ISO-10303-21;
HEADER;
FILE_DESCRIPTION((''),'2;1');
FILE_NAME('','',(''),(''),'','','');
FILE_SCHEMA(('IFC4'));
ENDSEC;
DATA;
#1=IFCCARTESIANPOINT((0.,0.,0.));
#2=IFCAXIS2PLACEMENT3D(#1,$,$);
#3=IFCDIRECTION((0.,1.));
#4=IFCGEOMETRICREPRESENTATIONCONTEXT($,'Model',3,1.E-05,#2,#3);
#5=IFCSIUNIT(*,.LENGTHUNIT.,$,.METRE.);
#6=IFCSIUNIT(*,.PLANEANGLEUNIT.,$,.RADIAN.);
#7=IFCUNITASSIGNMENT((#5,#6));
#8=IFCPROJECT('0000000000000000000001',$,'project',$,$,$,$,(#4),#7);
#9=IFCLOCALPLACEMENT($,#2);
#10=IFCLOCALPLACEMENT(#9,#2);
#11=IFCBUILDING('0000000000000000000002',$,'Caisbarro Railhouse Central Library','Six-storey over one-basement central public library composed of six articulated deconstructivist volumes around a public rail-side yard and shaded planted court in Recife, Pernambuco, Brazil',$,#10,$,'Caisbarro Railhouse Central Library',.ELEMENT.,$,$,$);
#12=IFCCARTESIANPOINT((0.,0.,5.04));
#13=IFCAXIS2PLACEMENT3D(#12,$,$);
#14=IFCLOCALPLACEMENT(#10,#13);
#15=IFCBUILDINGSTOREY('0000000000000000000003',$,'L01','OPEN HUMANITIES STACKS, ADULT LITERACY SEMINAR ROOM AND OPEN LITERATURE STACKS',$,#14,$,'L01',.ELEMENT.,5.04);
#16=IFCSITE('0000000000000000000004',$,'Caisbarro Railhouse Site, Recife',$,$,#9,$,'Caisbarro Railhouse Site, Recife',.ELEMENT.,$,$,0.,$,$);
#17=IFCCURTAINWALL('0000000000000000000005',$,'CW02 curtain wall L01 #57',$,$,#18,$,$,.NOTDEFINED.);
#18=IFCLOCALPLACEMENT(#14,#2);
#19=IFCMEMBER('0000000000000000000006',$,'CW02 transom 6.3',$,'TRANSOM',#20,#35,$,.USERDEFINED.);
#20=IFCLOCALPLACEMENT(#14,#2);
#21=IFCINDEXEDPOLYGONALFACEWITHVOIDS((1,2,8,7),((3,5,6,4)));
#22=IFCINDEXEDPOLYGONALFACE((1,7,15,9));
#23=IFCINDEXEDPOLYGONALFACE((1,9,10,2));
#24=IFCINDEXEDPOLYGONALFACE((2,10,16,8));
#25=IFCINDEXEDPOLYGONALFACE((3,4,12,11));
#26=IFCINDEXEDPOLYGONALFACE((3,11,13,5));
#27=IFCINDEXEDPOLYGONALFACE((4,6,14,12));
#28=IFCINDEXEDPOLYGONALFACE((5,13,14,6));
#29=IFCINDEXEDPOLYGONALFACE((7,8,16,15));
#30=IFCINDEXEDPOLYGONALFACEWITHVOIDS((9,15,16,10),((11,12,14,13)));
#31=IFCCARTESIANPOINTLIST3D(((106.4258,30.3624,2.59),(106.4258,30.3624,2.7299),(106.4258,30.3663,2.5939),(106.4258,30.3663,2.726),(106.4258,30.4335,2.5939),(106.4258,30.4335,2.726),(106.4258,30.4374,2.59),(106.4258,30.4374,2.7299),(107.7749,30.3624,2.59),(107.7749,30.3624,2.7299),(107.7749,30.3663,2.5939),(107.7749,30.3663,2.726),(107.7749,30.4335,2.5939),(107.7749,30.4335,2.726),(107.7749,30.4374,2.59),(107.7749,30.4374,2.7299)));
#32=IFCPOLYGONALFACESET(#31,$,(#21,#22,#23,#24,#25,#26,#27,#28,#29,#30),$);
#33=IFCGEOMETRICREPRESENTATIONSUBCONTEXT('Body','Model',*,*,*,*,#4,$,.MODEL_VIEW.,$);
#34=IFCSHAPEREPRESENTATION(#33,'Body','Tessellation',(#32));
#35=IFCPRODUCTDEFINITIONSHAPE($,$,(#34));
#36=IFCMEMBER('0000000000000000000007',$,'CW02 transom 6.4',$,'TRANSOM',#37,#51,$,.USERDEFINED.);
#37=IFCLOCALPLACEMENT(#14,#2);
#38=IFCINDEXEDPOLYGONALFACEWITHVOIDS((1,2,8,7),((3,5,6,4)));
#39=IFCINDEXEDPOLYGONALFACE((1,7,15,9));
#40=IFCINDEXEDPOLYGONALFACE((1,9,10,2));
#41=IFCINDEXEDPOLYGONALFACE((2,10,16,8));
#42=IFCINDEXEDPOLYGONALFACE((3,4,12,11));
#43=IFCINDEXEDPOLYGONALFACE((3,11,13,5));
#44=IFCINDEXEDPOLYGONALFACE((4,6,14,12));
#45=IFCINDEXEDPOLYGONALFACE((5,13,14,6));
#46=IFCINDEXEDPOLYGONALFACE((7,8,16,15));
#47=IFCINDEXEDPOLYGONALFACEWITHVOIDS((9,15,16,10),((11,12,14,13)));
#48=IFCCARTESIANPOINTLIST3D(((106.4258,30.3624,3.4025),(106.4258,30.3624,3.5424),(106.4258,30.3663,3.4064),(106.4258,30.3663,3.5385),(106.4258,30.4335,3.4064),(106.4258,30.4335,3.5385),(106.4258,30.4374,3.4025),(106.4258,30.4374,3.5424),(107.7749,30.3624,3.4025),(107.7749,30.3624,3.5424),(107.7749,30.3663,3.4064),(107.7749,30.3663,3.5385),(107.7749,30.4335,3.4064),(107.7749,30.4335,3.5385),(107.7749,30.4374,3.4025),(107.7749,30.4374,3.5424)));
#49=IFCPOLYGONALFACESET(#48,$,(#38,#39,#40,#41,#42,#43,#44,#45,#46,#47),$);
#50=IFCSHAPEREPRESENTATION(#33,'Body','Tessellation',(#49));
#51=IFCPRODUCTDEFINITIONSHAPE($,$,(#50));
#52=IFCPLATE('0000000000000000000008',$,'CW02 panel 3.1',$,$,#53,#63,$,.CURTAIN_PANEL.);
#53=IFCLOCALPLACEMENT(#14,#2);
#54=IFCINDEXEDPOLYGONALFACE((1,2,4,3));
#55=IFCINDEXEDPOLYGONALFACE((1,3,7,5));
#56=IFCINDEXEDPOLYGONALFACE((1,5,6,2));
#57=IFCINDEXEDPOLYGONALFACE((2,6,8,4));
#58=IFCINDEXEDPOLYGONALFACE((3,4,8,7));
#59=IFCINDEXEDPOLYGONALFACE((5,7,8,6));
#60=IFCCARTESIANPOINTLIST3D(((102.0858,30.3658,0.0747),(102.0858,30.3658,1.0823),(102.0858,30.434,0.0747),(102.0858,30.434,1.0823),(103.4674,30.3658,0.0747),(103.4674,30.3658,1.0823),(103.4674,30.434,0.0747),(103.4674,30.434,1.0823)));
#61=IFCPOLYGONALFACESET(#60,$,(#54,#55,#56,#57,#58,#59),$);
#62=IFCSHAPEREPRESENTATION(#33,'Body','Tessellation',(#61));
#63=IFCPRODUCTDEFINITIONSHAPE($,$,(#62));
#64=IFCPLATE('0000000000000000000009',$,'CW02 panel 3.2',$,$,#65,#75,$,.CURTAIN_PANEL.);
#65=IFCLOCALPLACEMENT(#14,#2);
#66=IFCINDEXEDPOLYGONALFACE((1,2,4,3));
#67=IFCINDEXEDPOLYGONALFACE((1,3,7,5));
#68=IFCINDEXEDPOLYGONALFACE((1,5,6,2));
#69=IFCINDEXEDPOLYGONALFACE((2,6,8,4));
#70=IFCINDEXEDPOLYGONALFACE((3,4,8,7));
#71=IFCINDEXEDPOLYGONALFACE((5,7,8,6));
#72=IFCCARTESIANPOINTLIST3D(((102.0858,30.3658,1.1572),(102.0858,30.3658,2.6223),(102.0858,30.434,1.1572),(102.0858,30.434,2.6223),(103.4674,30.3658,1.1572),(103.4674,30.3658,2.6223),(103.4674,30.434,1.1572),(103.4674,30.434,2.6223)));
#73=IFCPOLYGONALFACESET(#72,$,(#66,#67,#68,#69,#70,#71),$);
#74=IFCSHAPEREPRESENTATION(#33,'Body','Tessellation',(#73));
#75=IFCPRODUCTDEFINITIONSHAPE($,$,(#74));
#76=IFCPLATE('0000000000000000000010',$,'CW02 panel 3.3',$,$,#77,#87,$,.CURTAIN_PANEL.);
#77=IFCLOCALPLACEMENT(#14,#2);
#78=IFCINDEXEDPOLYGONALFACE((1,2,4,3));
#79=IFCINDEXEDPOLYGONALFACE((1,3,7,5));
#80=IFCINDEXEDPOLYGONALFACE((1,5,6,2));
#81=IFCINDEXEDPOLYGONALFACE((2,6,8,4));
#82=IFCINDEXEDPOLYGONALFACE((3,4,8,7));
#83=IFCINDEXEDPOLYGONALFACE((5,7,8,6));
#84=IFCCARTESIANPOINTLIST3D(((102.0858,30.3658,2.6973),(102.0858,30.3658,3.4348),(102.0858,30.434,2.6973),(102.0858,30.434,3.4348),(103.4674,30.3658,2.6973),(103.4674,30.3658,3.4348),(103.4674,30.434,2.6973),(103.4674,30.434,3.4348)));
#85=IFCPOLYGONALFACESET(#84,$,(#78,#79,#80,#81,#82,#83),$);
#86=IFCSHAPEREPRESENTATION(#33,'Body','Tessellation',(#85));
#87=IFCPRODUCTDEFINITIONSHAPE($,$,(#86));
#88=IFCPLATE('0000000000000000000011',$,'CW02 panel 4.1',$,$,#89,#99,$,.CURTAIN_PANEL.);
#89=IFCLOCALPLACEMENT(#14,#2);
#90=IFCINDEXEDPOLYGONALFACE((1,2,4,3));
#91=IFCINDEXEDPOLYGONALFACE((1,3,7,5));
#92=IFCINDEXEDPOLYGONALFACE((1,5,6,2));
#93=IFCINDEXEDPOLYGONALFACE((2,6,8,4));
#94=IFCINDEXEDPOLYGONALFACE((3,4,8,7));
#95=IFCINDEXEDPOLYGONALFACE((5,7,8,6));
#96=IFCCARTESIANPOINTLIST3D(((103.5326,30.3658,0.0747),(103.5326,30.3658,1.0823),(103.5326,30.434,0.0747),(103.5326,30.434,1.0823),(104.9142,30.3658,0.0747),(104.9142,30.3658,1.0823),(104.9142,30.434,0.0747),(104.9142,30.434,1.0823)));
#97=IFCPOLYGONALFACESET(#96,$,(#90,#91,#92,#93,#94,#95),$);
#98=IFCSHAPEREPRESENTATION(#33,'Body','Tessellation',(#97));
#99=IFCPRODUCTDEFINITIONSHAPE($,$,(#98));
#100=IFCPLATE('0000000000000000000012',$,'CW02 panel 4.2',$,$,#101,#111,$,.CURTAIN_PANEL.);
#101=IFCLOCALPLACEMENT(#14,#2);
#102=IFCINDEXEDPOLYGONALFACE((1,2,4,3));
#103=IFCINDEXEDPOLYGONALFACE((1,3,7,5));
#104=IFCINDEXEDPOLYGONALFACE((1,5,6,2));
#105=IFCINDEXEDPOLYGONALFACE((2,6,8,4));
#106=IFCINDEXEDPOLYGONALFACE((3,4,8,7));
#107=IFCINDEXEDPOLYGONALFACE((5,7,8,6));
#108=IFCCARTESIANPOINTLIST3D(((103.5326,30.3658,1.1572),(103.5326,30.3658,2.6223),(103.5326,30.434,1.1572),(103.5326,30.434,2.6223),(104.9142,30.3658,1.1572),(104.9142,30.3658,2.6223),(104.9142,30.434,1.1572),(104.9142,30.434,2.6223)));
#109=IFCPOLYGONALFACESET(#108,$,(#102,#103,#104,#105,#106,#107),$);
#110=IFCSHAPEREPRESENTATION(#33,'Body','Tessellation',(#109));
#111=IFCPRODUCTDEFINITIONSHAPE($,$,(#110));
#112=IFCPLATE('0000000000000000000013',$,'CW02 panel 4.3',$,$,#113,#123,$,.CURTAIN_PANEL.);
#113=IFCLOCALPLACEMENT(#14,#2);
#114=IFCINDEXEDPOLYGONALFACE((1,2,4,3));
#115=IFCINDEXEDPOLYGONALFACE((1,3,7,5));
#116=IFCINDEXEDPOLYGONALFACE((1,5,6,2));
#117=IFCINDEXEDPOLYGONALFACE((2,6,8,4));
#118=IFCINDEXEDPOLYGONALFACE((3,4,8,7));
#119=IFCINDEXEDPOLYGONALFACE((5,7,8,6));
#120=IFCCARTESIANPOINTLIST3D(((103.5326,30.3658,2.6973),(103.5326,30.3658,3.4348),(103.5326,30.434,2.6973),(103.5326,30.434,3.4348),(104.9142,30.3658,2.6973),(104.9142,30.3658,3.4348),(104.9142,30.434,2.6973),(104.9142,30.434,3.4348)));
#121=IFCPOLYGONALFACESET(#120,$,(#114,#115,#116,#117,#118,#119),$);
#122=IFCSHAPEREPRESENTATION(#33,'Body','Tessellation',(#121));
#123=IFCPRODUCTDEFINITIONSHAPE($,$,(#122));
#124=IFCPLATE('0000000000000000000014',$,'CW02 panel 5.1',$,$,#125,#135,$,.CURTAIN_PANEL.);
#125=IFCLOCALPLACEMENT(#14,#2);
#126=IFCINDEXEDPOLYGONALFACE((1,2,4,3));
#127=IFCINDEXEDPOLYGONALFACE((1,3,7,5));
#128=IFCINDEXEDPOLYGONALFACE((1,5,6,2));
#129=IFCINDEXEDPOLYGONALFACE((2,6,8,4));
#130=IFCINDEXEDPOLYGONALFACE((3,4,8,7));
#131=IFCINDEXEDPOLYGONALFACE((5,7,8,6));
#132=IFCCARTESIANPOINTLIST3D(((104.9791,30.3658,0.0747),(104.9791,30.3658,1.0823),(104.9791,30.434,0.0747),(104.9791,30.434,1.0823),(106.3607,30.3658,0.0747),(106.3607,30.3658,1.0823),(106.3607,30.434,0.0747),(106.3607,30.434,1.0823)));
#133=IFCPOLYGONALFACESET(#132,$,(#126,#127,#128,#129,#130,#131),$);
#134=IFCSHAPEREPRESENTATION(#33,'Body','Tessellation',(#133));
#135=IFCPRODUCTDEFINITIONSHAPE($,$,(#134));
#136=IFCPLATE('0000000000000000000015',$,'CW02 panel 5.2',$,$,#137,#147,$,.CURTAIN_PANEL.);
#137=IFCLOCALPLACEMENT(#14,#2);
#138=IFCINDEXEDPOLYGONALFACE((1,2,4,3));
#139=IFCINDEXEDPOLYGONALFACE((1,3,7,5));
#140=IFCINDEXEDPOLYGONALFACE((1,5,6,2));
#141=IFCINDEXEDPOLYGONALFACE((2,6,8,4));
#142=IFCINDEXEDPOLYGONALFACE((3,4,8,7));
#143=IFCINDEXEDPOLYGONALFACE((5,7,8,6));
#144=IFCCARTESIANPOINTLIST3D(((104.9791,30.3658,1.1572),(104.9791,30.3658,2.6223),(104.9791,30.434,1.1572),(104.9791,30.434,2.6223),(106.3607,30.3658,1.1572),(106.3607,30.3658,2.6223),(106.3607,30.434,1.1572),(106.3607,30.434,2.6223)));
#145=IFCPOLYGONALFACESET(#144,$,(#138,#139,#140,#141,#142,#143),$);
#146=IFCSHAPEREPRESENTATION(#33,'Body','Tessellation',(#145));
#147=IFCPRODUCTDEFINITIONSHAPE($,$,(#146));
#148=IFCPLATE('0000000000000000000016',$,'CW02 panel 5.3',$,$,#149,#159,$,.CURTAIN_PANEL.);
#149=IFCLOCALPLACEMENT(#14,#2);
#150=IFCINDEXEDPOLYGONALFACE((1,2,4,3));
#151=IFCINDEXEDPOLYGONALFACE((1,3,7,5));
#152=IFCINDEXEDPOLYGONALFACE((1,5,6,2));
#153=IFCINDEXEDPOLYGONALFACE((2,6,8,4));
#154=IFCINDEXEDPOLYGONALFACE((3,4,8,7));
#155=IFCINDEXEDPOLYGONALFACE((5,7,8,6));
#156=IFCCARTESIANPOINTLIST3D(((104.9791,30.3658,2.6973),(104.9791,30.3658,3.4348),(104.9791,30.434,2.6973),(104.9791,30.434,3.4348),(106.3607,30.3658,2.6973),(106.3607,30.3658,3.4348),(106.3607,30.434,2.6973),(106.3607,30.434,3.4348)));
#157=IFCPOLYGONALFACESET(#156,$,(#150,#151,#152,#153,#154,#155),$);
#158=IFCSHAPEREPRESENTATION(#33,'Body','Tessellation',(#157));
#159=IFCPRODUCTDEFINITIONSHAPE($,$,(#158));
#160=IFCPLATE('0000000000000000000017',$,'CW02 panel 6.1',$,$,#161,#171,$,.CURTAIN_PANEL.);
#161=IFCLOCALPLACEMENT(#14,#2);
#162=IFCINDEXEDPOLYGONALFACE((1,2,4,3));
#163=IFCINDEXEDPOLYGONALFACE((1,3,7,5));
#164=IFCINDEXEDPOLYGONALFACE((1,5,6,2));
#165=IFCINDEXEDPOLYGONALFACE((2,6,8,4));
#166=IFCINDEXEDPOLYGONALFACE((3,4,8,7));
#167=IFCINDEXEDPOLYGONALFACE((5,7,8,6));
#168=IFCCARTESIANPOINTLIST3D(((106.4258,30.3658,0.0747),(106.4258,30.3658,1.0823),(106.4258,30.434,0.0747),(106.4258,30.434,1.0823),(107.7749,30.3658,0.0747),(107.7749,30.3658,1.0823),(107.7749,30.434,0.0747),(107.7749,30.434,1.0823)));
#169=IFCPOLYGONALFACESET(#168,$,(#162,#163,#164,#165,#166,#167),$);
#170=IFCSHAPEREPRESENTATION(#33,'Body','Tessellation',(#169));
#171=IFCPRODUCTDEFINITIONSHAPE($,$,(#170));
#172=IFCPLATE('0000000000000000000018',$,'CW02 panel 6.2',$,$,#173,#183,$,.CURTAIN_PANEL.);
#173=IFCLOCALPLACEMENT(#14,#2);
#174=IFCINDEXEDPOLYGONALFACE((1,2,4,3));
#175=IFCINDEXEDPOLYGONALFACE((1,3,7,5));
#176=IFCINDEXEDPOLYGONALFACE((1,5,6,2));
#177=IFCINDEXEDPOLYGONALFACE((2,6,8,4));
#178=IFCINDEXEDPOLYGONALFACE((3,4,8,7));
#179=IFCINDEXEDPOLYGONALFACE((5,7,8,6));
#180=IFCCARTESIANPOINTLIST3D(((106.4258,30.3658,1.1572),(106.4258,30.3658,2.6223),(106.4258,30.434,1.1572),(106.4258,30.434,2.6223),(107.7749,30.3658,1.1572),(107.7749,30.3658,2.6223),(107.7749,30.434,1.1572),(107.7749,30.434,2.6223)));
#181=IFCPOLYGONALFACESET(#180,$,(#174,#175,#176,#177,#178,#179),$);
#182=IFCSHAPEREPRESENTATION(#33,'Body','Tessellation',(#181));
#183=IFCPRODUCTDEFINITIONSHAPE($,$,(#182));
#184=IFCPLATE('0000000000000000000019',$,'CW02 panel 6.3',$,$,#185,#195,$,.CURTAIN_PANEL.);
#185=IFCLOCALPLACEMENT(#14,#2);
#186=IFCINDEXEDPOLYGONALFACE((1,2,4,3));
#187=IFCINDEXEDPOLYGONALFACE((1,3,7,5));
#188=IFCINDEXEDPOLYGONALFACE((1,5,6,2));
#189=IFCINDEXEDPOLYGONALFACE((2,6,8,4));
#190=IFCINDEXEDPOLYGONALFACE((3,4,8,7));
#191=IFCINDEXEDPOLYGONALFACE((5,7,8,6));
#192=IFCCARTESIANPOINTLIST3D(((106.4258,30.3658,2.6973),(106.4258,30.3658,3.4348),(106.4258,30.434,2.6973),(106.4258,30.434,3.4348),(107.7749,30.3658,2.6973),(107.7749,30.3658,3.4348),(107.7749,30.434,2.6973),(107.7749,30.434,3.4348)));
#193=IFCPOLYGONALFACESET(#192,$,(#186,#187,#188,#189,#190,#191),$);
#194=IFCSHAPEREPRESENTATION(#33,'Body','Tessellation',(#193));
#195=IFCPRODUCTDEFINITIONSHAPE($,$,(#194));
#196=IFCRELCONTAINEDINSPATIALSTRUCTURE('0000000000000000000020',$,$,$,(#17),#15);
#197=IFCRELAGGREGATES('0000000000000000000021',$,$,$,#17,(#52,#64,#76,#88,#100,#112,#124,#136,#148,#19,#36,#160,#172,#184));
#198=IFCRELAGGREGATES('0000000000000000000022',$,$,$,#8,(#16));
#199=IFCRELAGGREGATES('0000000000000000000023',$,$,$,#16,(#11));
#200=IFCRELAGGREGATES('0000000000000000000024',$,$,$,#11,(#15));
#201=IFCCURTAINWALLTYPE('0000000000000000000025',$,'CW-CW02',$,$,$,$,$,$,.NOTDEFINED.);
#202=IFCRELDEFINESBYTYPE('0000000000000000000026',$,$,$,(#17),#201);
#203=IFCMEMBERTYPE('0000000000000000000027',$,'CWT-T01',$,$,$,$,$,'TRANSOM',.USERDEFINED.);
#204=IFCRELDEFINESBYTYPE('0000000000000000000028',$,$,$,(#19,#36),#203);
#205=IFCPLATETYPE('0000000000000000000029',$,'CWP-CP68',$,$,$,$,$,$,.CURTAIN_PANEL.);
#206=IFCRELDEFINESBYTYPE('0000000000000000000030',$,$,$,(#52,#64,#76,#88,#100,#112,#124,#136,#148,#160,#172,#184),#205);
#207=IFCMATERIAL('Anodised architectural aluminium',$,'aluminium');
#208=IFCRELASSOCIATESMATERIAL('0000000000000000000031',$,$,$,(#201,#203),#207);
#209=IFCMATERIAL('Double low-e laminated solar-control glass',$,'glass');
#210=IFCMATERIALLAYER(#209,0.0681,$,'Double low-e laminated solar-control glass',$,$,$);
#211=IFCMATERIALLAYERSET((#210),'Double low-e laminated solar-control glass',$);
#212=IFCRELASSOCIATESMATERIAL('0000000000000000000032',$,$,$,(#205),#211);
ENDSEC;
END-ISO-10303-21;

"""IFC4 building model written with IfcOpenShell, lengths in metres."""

from ifc_helpers import new_model, si_unit, direction, frame, origin, origin_2d, place, context, subcontext, project, spatial, rectangle, hollow_rectangle, extrude, material, layer, layer_set, material_profile, profile_set, type_object, element, aggregate, save


model = new_model("IFC4")

# Units and contexts
model_context = context("Model", 3, precision=1e-05, world=origin(), true_north=direction((0.0, 1.0)))
body_context = subcontext(model_context, "Body", "Model", "MODEL_VIEW")
ifc_project = project(units=[si_unit("LENGTHUNIT", "METRE"), si_unit("PLANEANGLEUNIT", "RADIAN")], contexts=[model_context])

# Site, building, storey
site_placement = place(None, origin())
site = spatial("IfcSite", under=ifc_project, at=site_placement, Name="Caisbarro Railhouse Site, Recife", LongName="Caisbarro Railhouse Site, Recife", CompositionType="ELEMENT", RefElevation=0.0)
building_placement = place(site_placement, origin())
building = spatial("IfcBuilding", under=site, at=building_placement, Name="Caisbarro Railhouse Central Library", Description="Six-storey over one-basement central public library composed of six articulated deconstructivist volumes around a public rail-side yard and shaded planted court in Recife, Pernambuco, Brazil", LongName="Caisbarro Railhouse Central Library", CompositionType="ELEMENT")
storey_placement = place(building_placement, frame((0.0, 0.0, 5.04)))
storey = spatial("IfcBuildingStorey", under=building, at=storey_placement, Name="L01", Description="OPEN HUMANITIES STACKS, ADULT LITERACY SEMINAR ROOM AND OPEN LITERATURE STACKS", LongName="L01", CompositionType="ELEMENT", Elevation=5.04)

# Curtain wall, members, plates
ifc_material_1 = material(Name="Anodised architectural aluminium", Category="aluminium")
curtain_wall_type = type_object("IfcCurtainWallType", Name="CW-CW02", PredefinedType="NOTDEFINED", material=ifc_material_1)
curtain_wall_placement = place(storey_placement, origin())
curtain_wall = element("IfcCurtainWall", 1, at=curtain_wall_placement, inside=storey, type_object=curtain_wall_type, Name="CW02 curtain wall L01 #57", PredefinedType="NOTDEFINED")
ifc_material_profile_1 = material_profile(ifc_material_1, hollow_rectangle(XDim=0.075, YDim=0.1399, WallThickness=0.0039, at=origin_2d()), Name="ALU-TRN-75X140")
ifc_profile_set_1 = profile_set([ifc_material_profile_1], Name="Anodised architectural aluminium")
member_type_1 = type_object("IfcMemberType", Name="CWT-T01", ElementType="TRANSOM", PredefinedType="USERDEFINED", material=ifc_profile_set_1)
member_1_placement = place(storey_placement, frame((106.4258, 30.3999, 2.6599), z_axis=(1.0, 0.0, 0.0), x_axis=(0.0, 1.0, 0.0)))
member_1 = element("IfcMember", 2, at=member_1_placement, type_object=member_type_1, Name="CW02 transom 6.3", ObjectType="TRANSOM", PredefinedType="USERDEFINED", context=body_context, shape_type="SweptSolid", body=[
    extrude(hollow_rectangle(XDim=0.075, YDim=0.1399, WallThickness=0.0039, at=origin_2d()), origin(), (0.0, 0.0, 1.0), 1.3491),
])
member_2_placement = place(storey_placement, frame((106.4258, 30.3999, 3.4724), z_axis=(1.0, 0.0, 0.0), x_axis=(0.0, 1.0, 0.0)))
member_2 = element("IfcMember", 3, at=member_2_placement, type_object=member_type_1, Name="CW02 transom 6.4", ObjectType="TRANSOM", PredefinedType="USERDEFINED", context=body_context, shape_type="SweptSolid", body=[
    extrude(hollow_rectangle(XDim=0.075, YDim=0.1399, WallThickness=0.0039, at=origin_2d()), origin(), (0.0, 0.0, 1.0), 1.3491),
])
ifc_material_2 = material(Name="Double low-e laminated solar-control glass", Category="glass")
ifc_layer = layer(ifc_material_2, 0.0681, Name="Double low-e laminated solar-control glass")
ifc_layer_set = layer_set([ifc_layer], Name="Double low-e laminated solar-control glass")
plate_type = type_object("IfcPlateType", Name="CWP-CP68", PredefinedType="CURTAIN_PANEL", material=ifc_layer_set)
plate_1_placement = place(storey_placement, frame((102.7766, 30.3999, 0.0747), z_axis=(0.0, 0.0, 1.0), x_axis=(1.0, 0.0, 0.0)))
plate_1 = element("IfcPlate", 4, at=plate_1_placement, type_object=plate_type, Name="CW02 panel 3.1", PredefinedType="CURTAIN_PANEL", context=body_context, shape_type="SweptSolid", body=[
    extrude(rectangle(XDim=1.3816, YDim=0.0681, at=origin_2d()), origin(), (0.0, 0.0, 1.0), 1.0076),
])
plate_2_placement = place(storey_placement, frame((102.7766, 30.3999, 1.1572), z_axis=(0.0, 0.0, 1.0), x_axis=(1.0, 0.0, 0.0)))
plate_2 = element("IfcPlate", 5, at=plate_2_placement, type_object=plate_type, Name="CW02 panel 3.2", PredefinedType="CURTAIN_PANEL", context=body_context, shape_type="SweptSolid", body=[
    extrude(rectangle(XDim=1.3816, YDim=0.0681, at=origin_2d()), origin(), (0.0, 0.0, 1.0), 1.4651),
])
plate_3_placement = place(storey_placement, frame((102.7766, 30.3999, 2.6973), z_axis=(0.0, 0.0, 1.0), x_axis=(1.0, 0.0, 0.0)))
plate_3 = element("IfcPlate", 6, at=plate_3_placement, type_object=plate_type, Name="CW02 panel 3.3", PredefinedType="CURTAIN_PANEL", context=body_context, shape_type="SweptSolid", body=[
    extrude(rectangle(XDim=1.3816, YDim=0.0681, at=origin_2d()), origin(), (0.0, 0.0, 1.0), 0.7375),
])
plate_4_placement = place(storey_placement, frame((104.2234, 30.3999, 0.0747), z_axis=(0.0, 0.0, 1.0), x_axis=(1.0, 0.0, 0.0)))
plate_4 = element("IfcPlate", 7, at=plate_4_placement, type_object=plate_type, Name="CW02 panel 4.1", PredefinedType="CURTAIN_PANEL", context=body_context, shape_type="SweptSolid", body=[
    extrude(rectangle(XDim=1.3816, YDim=0.0681, at=origin_2d()), origin(), (0.0, 0.0, 1.0), 1.0076),
])
plate_5_placement = place(storey_placement, frame((104.2234, 30.3999, 1.1572), z_axis=(0.0, 0.0, 1.0), x_axis=(1.0, 0.0, 0.0)))
plate_5 = element("IfcPlate", 8, at=plate_5_placement, type_object=plate_type, Name="CW02 panel 4.2", PredefinedType="CURTAIN_PANEL", context=body_context, shape_type="SweptSolid", body=[
    extrude(rectangle(XDim=1.3816, YDim=0.0681, at=origin_2d()), origin(), (0.0, 0.0, 1.0), 1.4651),
])
plate_6_placement = place(storey_placement, frame((104.2234, 30.3999, 2.6973), z_axis=(0.0, 0.0, 1.0), x_axis=(1.0, 0.0, 0.0)))
plate_6 = element("IfcPlate", 9, at=plate_6_placement, type_object=plate_type, Name="CW02 panel 4.3", PredefinedType="CURTAIN_PANEL", context=body_context, shape_type="SweptSolid", body=[
    extrude(rectangle(XDim=1.3816, YDim=0.0681, at=origin_2d()), origin(), (0.0, 0.0, 1.0), 0.7375),
])
plate_7_placement = place(storey_placement, frame((105.6699, 30.3999, 0.0747), z_axis=(0.0, 0.0, 1.0), x_axis=(1.0, 0.0, 0.0)))
plate_7 = element("IfcPlate", 10, at=plate_7_placement, type_object=plate_type, Name="CW02 panel 5.1", PredefinedType="CURTAIN_PANEL", context=body_context, shape_type="SweptSolid", body=[
    extrude(rectangle(XDim=1.3816, YDim=0.0681, at=origin_2d()), origin(), (0.0, 0.0, 1.0), 1.0076),
])
plate_8_placement = place(storey_placement, frame((105.6699, 30.3999, 1.1572), z_axis=(0.0, 0.0, 1.0), x_axis=(1.0, 0.0, 0.0)))
plate_8 = element("IfcPlate", 11, at=plate_8_placement, type_object=plate_type, Name="CW02 panel 5.2", PredefinedType="CURTAIN_PANEL", context=body_context, shape_type="SweptSolid", body=[
    extrude(rectangle(XDim=1.3816, YDim=0.0681, at=origin_2d()), origin(), (0.0, 0.0, 1.0), 1.4651),
])
plate_9_placement = place(storey_placement, frame((105.6699, 30.3999, 2.6973), z_axis=(0.0, 0.0, 1.0), x_axis=(1.0, 0.0, 0.0)))
plate_9 = element("IfcPlate", 12, at=plate_9_placement, type_object=plate_type, Name="CW02 panel 5.3", PredefinedType="CURTAIN_PANEL", context=body_context, shape_type="SweptSolid", body=[
    extrude(rectangle(XDim=1.3816, YDim=0.0681, at=origin_2d()), origin(), (0.0, 0.0, 1.0), 0.7375),
])
plate_10_placement = place(storey_placement, frame((107.1003, 30.3999, 0.0747), z_axis=(0.0, 0.0, 1.0), x_axis=(1.0, 0.0, 0.0)))
plate_10 = element("IfcPlate", 13, at=plate_10_placement, type_object=plate_type, Name="CW02 panel 6.1", PredefinedType="CURTAIN_PANEL", context=body_context, shape_type="SweptSolid", body=[
    extrude(rectangle(XDim=1.3491, YDim=0.0681, at=origin_2d()), origin(), (0.0, 0.0, 1.0), 1.0076),
])
plate_11_placement = place(storey_placement, frame((107.1003, 30.3999, 1.1572), z_axis=(0.0, 0.0, 1.0), x_axis=(1.0, 0.0, 0.0)))
plate_11 = element("IfcPlate", 14, at=plate_11_placement, type_object=plate_type, Name="CW02 panel 6.2", PredefinedType="CURTAIN_PANEL", context=body_context, shape_type="SweptSolid", body=[
    extrude(rectangle(XDim=1.3491, YDim=0.0681, at=origin_2d()), origin(), (0.0, 0.0, 1.0), 1.4651),
])
plate_12_placement = place(storey_placement, frame((107.1003, 30.3999, 2.6973), z_axis=(0.0, 0.0, 1.0), x_axis=(1.0, 0.0, 0.0)))
plate_12 = element("IfcPlate", 15, at=plate_12_placement, type_object=plate_type, Name="CW02 panel 6.3", PredefinedType="CURTAIN_PANEL", context=body_context, shape_type="SweptSolid", body=[
    extrude(rectangle(XDim=1.3491, YDim=0.0681, at=origin_2d()), origin(), (0.0, 0.0, 1.0), 0.7375),
])
aggregate(curtain_wall, [plate_1, plate_2, plate_3, plate_4, plate_5, plate_6, plate_7, plate_8, plate_9, member_1, member_2, plate_10, plate_11, plate_12])

save(model, "model.ifc")
